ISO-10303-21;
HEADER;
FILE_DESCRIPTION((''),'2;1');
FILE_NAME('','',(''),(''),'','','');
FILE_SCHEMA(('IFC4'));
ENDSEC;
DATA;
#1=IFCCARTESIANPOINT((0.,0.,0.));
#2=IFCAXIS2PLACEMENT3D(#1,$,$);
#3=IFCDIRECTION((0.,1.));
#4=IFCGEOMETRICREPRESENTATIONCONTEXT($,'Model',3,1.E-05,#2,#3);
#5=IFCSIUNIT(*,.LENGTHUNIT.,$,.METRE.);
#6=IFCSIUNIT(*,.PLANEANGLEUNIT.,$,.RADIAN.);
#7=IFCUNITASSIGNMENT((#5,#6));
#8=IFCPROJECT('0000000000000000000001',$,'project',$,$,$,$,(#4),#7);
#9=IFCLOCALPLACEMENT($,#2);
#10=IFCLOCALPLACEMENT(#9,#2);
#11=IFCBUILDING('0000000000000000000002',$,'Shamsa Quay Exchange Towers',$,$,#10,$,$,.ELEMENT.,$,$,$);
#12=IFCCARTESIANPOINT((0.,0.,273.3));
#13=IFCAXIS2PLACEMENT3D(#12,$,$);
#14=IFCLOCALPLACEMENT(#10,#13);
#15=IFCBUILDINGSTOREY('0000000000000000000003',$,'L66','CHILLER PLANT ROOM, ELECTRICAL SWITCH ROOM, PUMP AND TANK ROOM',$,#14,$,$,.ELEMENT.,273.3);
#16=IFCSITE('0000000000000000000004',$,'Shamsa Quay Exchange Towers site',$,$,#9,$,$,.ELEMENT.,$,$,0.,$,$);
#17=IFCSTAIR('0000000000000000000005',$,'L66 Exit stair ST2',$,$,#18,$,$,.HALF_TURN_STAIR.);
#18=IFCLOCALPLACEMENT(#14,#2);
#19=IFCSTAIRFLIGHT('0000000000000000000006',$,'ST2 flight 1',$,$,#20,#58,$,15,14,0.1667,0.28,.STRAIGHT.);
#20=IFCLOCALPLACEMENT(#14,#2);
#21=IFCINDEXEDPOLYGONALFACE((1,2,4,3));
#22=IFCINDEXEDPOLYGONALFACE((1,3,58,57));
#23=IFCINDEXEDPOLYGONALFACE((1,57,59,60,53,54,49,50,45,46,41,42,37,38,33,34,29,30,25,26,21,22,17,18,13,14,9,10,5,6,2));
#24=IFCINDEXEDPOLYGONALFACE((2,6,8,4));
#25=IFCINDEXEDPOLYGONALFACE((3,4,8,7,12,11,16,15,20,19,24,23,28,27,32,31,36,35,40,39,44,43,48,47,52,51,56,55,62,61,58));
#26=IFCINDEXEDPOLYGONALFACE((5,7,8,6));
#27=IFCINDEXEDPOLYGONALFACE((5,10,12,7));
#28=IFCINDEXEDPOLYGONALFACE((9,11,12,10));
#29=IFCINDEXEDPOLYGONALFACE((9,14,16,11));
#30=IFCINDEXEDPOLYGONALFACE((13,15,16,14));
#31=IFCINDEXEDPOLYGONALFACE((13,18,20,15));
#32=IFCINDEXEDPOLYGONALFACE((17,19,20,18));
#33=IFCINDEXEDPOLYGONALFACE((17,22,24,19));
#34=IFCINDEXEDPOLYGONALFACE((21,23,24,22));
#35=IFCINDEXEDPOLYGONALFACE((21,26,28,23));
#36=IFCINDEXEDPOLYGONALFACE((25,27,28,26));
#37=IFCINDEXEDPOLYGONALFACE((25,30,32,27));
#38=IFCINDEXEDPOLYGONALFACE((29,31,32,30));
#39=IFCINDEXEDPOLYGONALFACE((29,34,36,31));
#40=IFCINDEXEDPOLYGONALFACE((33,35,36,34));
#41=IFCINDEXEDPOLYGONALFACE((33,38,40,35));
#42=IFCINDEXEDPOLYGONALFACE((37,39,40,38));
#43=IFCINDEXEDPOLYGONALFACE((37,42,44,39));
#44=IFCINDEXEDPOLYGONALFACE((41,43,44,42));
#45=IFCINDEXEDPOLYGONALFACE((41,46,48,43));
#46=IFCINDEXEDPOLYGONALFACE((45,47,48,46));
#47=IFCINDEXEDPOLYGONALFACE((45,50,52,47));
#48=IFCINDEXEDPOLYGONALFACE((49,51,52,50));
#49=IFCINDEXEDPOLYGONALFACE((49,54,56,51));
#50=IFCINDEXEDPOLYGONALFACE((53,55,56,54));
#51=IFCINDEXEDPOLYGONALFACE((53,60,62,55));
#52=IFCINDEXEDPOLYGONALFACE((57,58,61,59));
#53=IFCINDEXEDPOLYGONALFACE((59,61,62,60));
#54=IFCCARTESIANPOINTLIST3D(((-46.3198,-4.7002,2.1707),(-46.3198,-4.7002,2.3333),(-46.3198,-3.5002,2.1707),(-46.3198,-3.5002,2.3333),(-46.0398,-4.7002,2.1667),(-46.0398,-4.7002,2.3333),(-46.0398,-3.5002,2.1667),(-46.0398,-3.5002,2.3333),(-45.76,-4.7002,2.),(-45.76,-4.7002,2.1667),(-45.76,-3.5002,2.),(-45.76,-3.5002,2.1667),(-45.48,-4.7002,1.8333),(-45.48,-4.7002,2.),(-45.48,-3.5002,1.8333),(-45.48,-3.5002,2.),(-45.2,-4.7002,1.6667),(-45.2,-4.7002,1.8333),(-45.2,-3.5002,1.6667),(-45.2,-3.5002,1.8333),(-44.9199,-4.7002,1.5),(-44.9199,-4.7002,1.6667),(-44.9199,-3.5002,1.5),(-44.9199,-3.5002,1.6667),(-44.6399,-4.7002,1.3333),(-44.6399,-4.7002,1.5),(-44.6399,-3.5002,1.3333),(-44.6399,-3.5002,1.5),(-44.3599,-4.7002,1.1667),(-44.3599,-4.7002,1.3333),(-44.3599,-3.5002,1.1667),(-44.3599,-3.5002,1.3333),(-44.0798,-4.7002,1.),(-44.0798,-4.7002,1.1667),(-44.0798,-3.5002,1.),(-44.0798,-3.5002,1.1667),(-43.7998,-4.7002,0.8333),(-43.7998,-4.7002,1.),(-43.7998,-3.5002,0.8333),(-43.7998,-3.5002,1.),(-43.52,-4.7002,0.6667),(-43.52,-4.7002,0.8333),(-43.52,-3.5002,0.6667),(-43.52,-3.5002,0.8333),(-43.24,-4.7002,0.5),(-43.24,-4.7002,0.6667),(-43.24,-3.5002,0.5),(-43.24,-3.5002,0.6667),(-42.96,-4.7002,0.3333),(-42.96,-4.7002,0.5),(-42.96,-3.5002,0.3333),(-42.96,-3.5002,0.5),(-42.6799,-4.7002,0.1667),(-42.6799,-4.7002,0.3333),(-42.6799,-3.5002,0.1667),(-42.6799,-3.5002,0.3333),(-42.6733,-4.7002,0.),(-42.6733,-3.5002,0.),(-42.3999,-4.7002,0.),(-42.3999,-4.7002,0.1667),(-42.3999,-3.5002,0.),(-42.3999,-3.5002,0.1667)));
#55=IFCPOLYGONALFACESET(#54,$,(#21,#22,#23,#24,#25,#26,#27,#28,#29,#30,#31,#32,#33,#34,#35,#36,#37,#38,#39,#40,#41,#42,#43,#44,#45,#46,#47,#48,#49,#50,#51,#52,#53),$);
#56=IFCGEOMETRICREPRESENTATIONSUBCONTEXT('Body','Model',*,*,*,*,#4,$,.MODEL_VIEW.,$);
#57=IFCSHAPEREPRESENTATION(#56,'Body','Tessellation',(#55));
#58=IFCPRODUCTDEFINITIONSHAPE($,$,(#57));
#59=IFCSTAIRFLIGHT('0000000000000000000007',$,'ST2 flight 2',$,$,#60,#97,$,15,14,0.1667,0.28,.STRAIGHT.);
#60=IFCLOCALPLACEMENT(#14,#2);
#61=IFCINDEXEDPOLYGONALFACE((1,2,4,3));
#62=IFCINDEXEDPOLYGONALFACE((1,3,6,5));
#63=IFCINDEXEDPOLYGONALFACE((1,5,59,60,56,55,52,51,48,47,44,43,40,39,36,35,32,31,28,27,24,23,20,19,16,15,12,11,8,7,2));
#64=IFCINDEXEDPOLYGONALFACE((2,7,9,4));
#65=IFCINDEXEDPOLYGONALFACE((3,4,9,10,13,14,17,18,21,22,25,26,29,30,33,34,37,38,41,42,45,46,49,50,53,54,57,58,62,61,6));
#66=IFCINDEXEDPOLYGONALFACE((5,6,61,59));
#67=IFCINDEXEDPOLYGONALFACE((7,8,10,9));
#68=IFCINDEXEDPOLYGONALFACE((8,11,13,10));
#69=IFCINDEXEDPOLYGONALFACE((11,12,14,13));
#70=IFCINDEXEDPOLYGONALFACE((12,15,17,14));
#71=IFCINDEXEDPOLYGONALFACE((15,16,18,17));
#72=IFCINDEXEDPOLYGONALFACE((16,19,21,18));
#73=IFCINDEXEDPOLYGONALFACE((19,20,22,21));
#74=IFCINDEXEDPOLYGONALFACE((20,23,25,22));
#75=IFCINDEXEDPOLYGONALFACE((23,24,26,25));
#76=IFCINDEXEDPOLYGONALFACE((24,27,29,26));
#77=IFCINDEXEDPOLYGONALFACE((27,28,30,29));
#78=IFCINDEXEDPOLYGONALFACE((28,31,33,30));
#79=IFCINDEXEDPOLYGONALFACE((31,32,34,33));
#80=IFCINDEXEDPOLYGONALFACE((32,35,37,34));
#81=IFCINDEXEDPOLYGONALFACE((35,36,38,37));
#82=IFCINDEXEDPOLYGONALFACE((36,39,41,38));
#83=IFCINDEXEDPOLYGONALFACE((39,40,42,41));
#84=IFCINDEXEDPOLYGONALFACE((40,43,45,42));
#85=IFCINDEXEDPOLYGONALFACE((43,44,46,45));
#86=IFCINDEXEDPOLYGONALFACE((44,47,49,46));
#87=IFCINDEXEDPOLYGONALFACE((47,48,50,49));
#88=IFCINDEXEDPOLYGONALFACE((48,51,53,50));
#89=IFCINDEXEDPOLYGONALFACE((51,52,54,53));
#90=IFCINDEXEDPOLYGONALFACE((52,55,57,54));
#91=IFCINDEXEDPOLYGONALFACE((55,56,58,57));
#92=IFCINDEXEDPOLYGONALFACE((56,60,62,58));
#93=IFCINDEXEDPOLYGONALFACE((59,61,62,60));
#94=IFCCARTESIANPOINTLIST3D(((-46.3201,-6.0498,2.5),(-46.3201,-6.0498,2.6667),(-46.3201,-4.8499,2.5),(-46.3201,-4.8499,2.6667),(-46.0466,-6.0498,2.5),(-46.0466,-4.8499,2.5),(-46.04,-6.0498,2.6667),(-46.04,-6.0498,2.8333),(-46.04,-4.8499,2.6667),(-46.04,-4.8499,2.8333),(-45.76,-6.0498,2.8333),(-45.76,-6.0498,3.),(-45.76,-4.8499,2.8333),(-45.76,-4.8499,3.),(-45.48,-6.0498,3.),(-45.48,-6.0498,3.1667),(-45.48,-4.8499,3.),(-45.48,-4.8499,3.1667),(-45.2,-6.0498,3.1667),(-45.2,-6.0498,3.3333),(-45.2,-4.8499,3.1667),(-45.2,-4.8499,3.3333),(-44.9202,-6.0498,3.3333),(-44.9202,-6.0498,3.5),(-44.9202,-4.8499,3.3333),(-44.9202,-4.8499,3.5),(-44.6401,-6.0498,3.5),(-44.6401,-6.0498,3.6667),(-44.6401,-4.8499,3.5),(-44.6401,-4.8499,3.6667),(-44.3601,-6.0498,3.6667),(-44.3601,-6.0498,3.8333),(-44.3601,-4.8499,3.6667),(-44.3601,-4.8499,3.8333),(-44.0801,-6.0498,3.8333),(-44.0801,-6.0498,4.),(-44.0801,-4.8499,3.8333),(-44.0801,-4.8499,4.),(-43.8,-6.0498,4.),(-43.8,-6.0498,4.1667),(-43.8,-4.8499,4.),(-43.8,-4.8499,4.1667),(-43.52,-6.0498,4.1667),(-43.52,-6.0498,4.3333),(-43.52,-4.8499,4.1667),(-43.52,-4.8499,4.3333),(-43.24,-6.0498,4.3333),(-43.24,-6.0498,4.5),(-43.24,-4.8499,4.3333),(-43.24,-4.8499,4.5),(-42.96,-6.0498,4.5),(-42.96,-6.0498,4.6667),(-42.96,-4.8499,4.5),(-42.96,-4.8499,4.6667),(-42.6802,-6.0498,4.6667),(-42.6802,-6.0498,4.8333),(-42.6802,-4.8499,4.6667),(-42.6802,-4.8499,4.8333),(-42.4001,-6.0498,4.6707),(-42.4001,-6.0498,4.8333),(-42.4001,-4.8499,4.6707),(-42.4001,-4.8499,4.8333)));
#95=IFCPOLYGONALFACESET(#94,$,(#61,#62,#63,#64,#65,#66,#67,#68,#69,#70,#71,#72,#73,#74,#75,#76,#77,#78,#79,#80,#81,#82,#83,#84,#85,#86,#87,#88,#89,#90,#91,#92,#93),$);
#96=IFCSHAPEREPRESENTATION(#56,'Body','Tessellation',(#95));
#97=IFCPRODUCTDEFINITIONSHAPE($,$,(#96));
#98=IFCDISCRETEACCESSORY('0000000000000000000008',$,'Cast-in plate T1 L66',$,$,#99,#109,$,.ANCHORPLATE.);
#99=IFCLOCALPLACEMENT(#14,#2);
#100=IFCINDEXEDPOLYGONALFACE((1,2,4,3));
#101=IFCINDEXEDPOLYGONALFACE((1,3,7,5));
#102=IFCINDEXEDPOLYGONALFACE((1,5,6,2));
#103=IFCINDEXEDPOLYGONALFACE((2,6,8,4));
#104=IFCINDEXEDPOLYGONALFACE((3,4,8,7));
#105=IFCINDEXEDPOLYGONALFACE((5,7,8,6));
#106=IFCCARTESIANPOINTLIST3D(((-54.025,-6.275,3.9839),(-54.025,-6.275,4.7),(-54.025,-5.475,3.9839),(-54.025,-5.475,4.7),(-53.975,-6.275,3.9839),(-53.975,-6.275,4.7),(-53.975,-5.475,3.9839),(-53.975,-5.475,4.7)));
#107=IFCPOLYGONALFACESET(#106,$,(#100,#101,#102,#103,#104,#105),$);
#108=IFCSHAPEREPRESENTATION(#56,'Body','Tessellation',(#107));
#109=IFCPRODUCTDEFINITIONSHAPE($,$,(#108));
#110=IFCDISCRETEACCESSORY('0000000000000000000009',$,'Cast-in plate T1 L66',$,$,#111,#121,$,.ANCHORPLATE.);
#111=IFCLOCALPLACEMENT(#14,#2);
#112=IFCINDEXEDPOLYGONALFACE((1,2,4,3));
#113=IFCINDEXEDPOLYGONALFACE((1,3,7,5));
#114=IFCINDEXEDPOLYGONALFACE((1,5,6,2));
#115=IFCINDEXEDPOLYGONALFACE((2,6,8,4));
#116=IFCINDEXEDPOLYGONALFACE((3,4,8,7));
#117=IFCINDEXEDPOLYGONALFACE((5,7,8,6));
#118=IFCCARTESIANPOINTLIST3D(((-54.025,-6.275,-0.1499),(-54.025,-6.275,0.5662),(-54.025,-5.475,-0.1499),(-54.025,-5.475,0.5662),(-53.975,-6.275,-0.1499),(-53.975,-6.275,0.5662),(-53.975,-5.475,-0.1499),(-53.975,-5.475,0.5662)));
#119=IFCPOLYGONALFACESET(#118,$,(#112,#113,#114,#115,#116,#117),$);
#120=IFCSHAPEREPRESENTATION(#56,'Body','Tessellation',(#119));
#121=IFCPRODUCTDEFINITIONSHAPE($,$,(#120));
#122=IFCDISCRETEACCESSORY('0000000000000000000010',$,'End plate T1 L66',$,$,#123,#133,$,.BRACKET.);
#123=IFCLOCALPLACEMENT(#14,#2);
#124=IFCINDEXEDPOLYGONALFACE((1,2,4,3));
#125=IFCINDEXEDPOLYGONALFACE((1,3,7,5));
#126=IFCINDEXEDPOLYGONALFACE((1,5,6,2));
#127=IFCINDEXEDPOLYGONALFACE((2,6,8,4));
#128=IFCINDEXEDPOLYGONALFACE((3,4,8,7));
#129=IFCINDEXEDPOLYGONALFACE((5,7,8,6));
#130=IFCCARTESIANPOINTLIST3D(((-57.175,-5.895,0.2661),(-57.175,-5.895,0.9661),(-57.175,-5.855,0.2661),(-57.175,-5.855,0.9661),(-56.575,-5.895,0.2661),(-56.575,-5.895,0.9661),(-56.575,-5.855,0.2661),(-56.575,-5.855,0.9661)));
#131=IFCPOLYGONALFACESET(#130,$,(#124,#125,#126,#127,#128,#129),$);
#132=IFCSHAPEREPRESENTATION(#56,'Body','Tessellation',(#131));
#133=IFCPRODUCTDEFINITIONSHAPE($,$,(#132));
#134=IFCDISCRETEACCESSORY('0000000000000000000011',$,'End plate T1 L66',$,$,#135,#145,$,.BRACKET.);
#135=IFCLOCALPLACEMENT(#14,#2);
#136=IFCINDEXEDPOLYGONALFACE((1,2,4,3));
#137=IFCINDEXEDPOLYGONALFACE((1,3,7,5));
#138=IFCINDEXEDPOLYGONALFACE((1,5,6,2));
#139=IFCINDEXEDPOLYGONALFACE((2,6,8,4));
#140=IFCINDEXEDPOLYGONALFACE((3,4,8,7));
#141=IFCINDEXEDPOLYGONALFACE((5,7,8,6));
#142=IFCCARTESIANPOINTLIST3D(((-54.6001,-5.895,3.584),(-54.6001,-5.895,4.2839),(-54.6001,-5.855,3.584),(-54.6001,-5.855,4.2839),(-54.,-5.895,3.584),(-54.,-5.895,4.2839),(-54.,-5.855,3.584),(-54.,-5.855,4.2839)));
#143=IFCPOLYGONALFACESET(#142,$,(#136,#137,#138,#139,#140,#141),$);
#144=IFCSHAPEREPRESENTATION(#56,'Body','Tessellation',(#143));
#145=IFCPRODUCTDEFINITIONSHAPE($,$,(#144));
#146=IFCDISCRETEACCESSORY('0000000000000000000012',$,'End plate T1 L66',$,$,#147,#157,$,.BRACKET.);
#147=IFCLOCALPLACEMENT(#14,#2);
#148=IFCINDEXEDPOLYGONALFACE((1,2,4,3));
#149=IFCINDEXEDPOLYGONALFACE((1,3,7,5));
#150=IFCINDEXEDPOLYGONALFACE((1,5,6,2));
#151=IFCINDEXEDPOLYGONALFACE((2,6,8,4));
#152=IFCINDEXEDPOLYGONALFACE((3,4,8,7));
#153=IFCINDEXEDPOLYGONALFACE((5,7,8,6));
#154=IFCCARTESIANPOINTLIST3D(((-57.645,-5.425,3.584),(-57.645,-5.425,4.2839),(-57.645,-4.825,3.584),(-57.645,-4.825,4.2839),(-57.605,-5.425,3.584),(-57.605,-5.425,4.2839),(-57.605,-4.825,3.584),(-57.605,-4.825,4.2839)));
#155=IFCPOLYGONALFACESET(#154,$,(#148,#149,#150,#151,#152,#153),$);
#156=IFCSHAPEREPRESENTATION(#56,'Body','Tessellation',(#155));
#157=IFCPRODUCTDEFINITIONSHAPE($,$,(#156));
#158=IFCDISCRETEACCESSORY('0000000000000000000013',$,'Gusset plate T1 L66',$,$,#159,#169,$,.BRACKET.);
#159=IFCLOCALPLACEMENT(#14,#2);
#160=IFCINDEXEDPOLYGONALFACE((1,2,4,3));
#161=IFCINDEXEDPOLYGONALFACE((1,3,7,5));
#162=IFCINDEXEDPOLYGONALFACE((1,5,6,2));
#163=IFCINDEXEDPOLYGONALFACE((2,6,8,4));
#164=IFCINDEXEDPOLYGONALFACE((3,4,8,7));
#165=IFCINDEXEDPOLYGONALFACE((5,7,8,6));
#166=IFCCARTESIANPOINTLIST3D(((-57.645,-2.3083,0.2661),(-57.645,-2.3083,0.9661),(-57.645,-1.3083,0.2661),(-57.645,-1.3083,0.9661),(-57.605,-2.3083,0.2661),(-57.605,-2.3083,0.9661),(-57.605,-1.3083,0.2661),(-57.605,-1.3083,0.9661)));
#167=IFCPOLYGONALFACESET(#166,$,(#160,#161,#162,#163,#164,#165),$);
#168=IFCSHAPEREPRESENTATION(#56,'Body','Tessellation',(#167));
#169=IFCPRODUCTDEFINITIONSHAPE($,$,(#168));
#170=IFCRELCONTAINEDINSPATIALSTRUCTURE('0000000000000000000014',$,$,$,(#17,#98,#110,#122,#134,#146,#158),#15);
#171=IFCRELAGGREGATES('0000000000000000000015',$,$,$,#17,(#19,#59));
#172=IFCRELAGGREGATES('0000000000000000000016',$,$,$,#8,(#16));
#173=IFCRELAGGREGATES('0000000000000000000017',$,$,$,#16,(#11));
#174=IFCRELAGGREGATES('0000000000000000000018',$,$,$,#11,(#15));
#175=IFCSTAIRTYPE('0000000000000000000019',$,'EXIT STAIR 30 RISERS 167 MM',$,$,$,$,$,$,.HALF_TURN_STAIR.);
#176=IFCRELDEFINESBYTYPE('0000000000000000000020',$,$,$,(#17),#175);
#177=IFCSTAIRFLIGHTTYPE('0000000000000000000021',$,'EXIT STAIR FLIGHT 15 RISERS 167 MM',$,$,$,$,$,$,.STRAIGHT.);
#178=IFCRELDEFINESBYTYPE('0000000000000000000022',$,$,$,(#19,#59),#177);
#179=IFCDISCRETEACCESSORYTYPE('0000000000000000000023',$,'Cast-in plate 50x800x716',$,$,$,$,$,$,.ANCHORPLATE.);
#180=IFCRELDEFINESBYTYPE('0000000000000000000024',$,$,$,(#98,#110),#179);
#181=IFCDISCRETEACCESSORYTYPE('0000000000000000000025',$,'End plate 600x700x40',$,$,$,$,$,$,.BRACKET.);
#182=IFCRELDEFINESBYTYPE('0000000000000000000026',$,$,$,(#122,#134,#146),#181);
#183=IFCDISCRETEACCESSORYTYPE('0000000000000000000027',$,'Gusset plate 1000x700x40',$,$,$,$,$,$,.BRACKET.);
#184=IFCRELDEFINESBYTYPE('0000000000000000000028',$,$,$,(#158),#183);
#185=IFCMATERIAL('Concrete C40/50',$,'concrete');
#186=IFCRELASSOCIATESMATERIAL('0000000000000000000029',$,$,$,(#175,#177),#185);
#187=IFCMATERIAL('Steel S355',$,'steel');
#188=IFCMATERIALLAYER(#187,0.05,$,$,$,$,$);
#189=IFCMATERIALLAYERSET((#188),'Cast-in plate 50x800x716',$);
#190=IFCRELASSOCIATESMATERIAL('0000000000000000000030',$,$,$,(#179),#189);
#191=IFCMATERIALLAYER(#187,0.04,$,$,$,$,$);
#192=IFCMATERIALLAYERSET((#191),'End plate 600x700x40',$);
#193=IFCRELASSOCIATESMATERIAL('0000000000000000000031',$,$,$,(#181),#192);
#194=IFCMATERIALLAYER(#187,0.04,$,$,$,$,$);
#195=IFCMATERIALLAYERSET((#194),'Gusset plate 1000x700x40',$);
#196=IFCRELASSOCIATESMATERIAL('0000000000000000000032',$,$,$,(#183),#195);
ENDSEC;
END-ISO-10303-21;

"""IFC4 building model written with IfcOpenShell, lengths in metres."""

from ifc_helpers import new_model, si_unit, direction, frame, origin, origin_2d, place, context, subcontext, project, spatial, polyline, rectangle, outline, extrude, material, layer, layer_set, type_object, element, aggregate, save


model = new_model("IFC4")

# Units and contexts
model_context = context("Model", 3, precision=1e-05, world=origin(), true_north=direction((0.0, 1.0)))
body_context = subcontext(model_context, "Body", "Model", "MODEL_VIEW")
ifc_project = project(units=[si_unit("LENGTHUNIT", "METRE"), si_unit("PLANEANGLEUNIT", "RADIAN")], contexts=[model_context])

# Site, building, storey
site_placement = place(None, origin())
site = spatial("IfcSite", under=ifc_project, at=site_placement, Name="Shamsa Quay Exchange Towers site", CompositionType="ELEMENT", RefElevation=0.0)
building_placement = place(site_placement, origin())
building = spatial("IfcBuilding", under=site, at=building_placement, Name="Shamsa Quay Exchange Towers", CompositionType="ELEMENT")
storey_placement = place(building_placement, frame((0.0, 0.0, 273.3)))
storey = spatial("IfcBuildingStorey", under=building, at=storey_placement, Name="L66", Description="CHILLER PLANT ROOM, ELECTRICAL SWITCH ROOM, PUMP AND TANK ROOM", CompositionType="ELEMENT", Elevation=273.3)

# Shared definitions
ifc_material_1 = material(Name="Steel S355", Category="steel")

# Stair, stair flights
ifc_material_2 = material(Name="Concrete C40/50", Category="concrete")
stair_type = type_object("IfcStairType", Name="EXIT STAIR 30 RISERS 167 MM", PredefinedType="HALF_TURN_STAIR", material=ifc_material_2)
stair_placement = place(storey_placement, origin())
stair = element("IfcStair", 1, at=stair_placement, inside=storey, type_object=stair_type, Name="L66 Exit stair ST2", PredefinedType="HALF_TURN_STAIR")
stair_flight_type = type_object("IfcStairFlightType", Name="EXIT STAIR FLIGHT 15 RISERS 167 MM", PredefinedType="STRAIGHT", material=ifc_material_2)
stair_flight_1_placement = place(storey_placement, frame((-42.3999, -4.1001, 0.0), z_axis=(0.0, 0.0, 1.0), x_axis=(-1.0, 0.0, 0.0)))
stair_flight_1 = element("IfcStairFlight", 2, at=stair_flight_1_placement, type_object=stair_flight_type, Name="ST2 flight 1", NumberOfRisers=15, NumberOfTreads=14, PredefinedType="STRAIGHT", RiserHeight=0.1667, TreadLength=0.28, context=body_context, shape_type="SweptSolid", body=[
    extrude(outline(polyline([(0.0, 0.0), (0.0, 0.1667), (0.28, 0.1667), (0.28, 0.3333), (0.5601, 0.3333), (0.5601, 0.5), (0.8401, 0.5), (0.8401, 0.6667), (1.1201, 0.6667), (1.1201, 0.8333), (1.3999, 0.8333), (1.3999, 1.0), (1.6799, 1.0), (1.6799, 1.1667), (1.96, 1.1667), (1.96, 1.3333), (2.24, 1.3333), (2.24, 1.5), (2.52, 1.5), (2.52, 1.6667), (2.8, 1.6667), (2.8, 1.8333), (3.0801, 1.8333), (3.0801, 2.0), (3.3601, 2.0), (3.3601, 2.1667), (3.6399, 2.1667), (3.6399, 2.3333), (3.9199, 2.3333), (3.9199, 2.5), (3.9199, 2.1707), (0.2734, 0.0), (0.0, 0.0)])), frame((0.0, 0.6001, 0.0), z_axis=(0.0, -1.0, 0.0), x_axis=(1.0, 0.0, 0.0)), (0.0, 0.0, 1.0), 1.2),
])
stair_flight_2_placement = place(storey_placement, frame((-46.3201, -5.45, 2.5)))
stair_flight_2 = element("IfcStairFlight", 3, at=stair_flight_2_placement, type_object=stair_flight_type, Name="ST2 flight 2", NumberOfRisers=15, NumberOfTreads=14, PredefinedType="STRAIGHT", RiserHeight=0.1667, TreadLength=0.28, context=body_context, shape_type="SweptSolid", body=[
    extrude(outline(polyline([(0.0, 0.0), (0.0, 0.1667), (0.28, 0.1667), (0.28, 0.3333), (0.5601, 0.3333), (0.5601, 0.5), (0.8401, 0.5), (0.8401, 0.6667), (1.1201, 0.6667), (1.1201, 0.8333), (1.3999, 0.8333), (1.3999, 1.0), (1.6799, 1.0), (1.6799, 1.1667), (1.96, 1.1667), (1.96, 1.3333), (2.24, 1.3333), (2.24, 1.5), (2.52, 1.5), (2.52, 1.6667), (2.8, 1.6667), (2.8, 1.8333), (3.0801, 1.8333), (3.0801, 2.0), (3.3601, 2.0), (3.3601, 2.1667), (3.6399, 2.1667), (3.6399, 2.3333), (3.9199, 2.3333), (3.9199, 2.5), (3.9199, 2.1707), (0.2734, 0.0), (0.0, 0.0)])), frame((0.0, 0.6001, 0.0), z_axis=(0.0, -1.0, 0.0), x_axis=(1.0, 0.0, 0.0)), (0.0, 0.0, 1.0), 1.2),
])
aggregate(stair, [stair_flight_1, stair_flight_2])

# Discrete accessories
ifc_layer_1 = layer(ifc_material_1, 0.05)
ifc_layer_set_1 = layer_set([ifc_layer_1], Name="Cast-in plate 50x800x716")
discrete_accessory_type_1 = type_object("IfcDiscreteAccessoryType", Name="Cast-in plate 50x800x716", PredefinedType="ANCHORPLATE", material=ifc_layer_set_1)
for number, where, name in (
    (4, (-54.0, -5.875, 3.9839), "Cast-in plate T1 L66"),
    (5, (-54.0, -5.875, -0.1499), "Cast-in plate T1 L66"),
):
    element("IfcDiscreteAccessory", number, at=place(storey_placement, frame(where)), inside=storey, type_object=discrete_accessory_type_1, Name=name, PredefinedType="ANCHORPLATE", context=body_context, shape_type="SweptSolid", body=[
        extrude(rectangle(XDim=0.05, YDim=0.8, at=origin_2d()), origin(), (0.0, 0.0, 1.0), 0.7161),
    ])
ifc_layer_2 = layer(ifc_material_1, 0.04)
ifc_layer_set_2 = layer_set([ifc_layer_2], Name="End plate 600x700x40")
discrete_accessory_type_2 = type_object("IfcDiscreteAccessoryType", Name="End plate 600x700x40", PredefinedType="BRACKET", material=ifc_layer_set_2)
for number, where, name in (
    (6, (-56.875, -5.875, 0.2661), "End plate T1 L66"),
    (7, (-54.3, -5.875, 3.584), "End plate T1 L66"),
):
    element("IfcDiscreteAccessory", number, at=place(storey_placement, frame(where)), inside=storey, type_object=discrete_accessory_type_2, Name=name, PredefinedType="BRACKET", context=body_context, shape_type="SweptSolid", body=[
        extrude(rectangle(XDim=0.6001, YDim=0.04, at=origin_2d()), origin(), (0.0, 0.0, 1.0), 0.7),
    ])
discrete_accessory_1_placement = place(storey_placement, frame((-57.625, -5.125, 3.584), z_axis=(0.0, 0.0, 1.0), x_axis=(0.0, -1.0, 0.0)))
element("IfcDiscreteAccessory", 8, at=discrete_accessory_1_placement, inside=storey, type_object=discrete_accessory_type_2, Name="End plate T1 L66", PredefinedType="BRACKET", context=body_context, shape_type="SweptSolid", body=[
    extrude(rectangle(XDim=0.6001, YDim=0.04, at=origin_2d()), origin(), (0.0, 0.0, 1.0), 0.7),
])
ifc_layer_3 = layer(ifc_material_1, 0.04)
ifc_layer_set_3 = layer_set([ifc_layer_3], Name="Gusset plate 1000x700x40")
discrete_accessory_type_3 = type_object("IfcDiscreteAccessoryType", Name="Gusset plate 1000x700x40", PredefinedType="BRACKET", material=ifc_layer_set_3)
discrete_accessory_2_placement = place(storey_placement, frame((-57.625, -1.8083, 0.2661), z_axis=(0.0, 0.0, 1.0), x_axis=(0.0, -1.0, 0.0)))
element("IfcDiscreteAccessory", 9, at=discrete_accessory_2_placement, inside=storey, type_object=discrete_accessory_type_3, Name="Gusset plate T1 L66", PredefinedType="BRACKET", context=body_context, shape_type="SweptSolid", body=[
    extrude(rectangle(XDim=1.0, YDim=0.04, at=origin_2d()), origin(), (0.0, 0.0, 1.0), 0.7),
])

save(model, "model.ifc")
